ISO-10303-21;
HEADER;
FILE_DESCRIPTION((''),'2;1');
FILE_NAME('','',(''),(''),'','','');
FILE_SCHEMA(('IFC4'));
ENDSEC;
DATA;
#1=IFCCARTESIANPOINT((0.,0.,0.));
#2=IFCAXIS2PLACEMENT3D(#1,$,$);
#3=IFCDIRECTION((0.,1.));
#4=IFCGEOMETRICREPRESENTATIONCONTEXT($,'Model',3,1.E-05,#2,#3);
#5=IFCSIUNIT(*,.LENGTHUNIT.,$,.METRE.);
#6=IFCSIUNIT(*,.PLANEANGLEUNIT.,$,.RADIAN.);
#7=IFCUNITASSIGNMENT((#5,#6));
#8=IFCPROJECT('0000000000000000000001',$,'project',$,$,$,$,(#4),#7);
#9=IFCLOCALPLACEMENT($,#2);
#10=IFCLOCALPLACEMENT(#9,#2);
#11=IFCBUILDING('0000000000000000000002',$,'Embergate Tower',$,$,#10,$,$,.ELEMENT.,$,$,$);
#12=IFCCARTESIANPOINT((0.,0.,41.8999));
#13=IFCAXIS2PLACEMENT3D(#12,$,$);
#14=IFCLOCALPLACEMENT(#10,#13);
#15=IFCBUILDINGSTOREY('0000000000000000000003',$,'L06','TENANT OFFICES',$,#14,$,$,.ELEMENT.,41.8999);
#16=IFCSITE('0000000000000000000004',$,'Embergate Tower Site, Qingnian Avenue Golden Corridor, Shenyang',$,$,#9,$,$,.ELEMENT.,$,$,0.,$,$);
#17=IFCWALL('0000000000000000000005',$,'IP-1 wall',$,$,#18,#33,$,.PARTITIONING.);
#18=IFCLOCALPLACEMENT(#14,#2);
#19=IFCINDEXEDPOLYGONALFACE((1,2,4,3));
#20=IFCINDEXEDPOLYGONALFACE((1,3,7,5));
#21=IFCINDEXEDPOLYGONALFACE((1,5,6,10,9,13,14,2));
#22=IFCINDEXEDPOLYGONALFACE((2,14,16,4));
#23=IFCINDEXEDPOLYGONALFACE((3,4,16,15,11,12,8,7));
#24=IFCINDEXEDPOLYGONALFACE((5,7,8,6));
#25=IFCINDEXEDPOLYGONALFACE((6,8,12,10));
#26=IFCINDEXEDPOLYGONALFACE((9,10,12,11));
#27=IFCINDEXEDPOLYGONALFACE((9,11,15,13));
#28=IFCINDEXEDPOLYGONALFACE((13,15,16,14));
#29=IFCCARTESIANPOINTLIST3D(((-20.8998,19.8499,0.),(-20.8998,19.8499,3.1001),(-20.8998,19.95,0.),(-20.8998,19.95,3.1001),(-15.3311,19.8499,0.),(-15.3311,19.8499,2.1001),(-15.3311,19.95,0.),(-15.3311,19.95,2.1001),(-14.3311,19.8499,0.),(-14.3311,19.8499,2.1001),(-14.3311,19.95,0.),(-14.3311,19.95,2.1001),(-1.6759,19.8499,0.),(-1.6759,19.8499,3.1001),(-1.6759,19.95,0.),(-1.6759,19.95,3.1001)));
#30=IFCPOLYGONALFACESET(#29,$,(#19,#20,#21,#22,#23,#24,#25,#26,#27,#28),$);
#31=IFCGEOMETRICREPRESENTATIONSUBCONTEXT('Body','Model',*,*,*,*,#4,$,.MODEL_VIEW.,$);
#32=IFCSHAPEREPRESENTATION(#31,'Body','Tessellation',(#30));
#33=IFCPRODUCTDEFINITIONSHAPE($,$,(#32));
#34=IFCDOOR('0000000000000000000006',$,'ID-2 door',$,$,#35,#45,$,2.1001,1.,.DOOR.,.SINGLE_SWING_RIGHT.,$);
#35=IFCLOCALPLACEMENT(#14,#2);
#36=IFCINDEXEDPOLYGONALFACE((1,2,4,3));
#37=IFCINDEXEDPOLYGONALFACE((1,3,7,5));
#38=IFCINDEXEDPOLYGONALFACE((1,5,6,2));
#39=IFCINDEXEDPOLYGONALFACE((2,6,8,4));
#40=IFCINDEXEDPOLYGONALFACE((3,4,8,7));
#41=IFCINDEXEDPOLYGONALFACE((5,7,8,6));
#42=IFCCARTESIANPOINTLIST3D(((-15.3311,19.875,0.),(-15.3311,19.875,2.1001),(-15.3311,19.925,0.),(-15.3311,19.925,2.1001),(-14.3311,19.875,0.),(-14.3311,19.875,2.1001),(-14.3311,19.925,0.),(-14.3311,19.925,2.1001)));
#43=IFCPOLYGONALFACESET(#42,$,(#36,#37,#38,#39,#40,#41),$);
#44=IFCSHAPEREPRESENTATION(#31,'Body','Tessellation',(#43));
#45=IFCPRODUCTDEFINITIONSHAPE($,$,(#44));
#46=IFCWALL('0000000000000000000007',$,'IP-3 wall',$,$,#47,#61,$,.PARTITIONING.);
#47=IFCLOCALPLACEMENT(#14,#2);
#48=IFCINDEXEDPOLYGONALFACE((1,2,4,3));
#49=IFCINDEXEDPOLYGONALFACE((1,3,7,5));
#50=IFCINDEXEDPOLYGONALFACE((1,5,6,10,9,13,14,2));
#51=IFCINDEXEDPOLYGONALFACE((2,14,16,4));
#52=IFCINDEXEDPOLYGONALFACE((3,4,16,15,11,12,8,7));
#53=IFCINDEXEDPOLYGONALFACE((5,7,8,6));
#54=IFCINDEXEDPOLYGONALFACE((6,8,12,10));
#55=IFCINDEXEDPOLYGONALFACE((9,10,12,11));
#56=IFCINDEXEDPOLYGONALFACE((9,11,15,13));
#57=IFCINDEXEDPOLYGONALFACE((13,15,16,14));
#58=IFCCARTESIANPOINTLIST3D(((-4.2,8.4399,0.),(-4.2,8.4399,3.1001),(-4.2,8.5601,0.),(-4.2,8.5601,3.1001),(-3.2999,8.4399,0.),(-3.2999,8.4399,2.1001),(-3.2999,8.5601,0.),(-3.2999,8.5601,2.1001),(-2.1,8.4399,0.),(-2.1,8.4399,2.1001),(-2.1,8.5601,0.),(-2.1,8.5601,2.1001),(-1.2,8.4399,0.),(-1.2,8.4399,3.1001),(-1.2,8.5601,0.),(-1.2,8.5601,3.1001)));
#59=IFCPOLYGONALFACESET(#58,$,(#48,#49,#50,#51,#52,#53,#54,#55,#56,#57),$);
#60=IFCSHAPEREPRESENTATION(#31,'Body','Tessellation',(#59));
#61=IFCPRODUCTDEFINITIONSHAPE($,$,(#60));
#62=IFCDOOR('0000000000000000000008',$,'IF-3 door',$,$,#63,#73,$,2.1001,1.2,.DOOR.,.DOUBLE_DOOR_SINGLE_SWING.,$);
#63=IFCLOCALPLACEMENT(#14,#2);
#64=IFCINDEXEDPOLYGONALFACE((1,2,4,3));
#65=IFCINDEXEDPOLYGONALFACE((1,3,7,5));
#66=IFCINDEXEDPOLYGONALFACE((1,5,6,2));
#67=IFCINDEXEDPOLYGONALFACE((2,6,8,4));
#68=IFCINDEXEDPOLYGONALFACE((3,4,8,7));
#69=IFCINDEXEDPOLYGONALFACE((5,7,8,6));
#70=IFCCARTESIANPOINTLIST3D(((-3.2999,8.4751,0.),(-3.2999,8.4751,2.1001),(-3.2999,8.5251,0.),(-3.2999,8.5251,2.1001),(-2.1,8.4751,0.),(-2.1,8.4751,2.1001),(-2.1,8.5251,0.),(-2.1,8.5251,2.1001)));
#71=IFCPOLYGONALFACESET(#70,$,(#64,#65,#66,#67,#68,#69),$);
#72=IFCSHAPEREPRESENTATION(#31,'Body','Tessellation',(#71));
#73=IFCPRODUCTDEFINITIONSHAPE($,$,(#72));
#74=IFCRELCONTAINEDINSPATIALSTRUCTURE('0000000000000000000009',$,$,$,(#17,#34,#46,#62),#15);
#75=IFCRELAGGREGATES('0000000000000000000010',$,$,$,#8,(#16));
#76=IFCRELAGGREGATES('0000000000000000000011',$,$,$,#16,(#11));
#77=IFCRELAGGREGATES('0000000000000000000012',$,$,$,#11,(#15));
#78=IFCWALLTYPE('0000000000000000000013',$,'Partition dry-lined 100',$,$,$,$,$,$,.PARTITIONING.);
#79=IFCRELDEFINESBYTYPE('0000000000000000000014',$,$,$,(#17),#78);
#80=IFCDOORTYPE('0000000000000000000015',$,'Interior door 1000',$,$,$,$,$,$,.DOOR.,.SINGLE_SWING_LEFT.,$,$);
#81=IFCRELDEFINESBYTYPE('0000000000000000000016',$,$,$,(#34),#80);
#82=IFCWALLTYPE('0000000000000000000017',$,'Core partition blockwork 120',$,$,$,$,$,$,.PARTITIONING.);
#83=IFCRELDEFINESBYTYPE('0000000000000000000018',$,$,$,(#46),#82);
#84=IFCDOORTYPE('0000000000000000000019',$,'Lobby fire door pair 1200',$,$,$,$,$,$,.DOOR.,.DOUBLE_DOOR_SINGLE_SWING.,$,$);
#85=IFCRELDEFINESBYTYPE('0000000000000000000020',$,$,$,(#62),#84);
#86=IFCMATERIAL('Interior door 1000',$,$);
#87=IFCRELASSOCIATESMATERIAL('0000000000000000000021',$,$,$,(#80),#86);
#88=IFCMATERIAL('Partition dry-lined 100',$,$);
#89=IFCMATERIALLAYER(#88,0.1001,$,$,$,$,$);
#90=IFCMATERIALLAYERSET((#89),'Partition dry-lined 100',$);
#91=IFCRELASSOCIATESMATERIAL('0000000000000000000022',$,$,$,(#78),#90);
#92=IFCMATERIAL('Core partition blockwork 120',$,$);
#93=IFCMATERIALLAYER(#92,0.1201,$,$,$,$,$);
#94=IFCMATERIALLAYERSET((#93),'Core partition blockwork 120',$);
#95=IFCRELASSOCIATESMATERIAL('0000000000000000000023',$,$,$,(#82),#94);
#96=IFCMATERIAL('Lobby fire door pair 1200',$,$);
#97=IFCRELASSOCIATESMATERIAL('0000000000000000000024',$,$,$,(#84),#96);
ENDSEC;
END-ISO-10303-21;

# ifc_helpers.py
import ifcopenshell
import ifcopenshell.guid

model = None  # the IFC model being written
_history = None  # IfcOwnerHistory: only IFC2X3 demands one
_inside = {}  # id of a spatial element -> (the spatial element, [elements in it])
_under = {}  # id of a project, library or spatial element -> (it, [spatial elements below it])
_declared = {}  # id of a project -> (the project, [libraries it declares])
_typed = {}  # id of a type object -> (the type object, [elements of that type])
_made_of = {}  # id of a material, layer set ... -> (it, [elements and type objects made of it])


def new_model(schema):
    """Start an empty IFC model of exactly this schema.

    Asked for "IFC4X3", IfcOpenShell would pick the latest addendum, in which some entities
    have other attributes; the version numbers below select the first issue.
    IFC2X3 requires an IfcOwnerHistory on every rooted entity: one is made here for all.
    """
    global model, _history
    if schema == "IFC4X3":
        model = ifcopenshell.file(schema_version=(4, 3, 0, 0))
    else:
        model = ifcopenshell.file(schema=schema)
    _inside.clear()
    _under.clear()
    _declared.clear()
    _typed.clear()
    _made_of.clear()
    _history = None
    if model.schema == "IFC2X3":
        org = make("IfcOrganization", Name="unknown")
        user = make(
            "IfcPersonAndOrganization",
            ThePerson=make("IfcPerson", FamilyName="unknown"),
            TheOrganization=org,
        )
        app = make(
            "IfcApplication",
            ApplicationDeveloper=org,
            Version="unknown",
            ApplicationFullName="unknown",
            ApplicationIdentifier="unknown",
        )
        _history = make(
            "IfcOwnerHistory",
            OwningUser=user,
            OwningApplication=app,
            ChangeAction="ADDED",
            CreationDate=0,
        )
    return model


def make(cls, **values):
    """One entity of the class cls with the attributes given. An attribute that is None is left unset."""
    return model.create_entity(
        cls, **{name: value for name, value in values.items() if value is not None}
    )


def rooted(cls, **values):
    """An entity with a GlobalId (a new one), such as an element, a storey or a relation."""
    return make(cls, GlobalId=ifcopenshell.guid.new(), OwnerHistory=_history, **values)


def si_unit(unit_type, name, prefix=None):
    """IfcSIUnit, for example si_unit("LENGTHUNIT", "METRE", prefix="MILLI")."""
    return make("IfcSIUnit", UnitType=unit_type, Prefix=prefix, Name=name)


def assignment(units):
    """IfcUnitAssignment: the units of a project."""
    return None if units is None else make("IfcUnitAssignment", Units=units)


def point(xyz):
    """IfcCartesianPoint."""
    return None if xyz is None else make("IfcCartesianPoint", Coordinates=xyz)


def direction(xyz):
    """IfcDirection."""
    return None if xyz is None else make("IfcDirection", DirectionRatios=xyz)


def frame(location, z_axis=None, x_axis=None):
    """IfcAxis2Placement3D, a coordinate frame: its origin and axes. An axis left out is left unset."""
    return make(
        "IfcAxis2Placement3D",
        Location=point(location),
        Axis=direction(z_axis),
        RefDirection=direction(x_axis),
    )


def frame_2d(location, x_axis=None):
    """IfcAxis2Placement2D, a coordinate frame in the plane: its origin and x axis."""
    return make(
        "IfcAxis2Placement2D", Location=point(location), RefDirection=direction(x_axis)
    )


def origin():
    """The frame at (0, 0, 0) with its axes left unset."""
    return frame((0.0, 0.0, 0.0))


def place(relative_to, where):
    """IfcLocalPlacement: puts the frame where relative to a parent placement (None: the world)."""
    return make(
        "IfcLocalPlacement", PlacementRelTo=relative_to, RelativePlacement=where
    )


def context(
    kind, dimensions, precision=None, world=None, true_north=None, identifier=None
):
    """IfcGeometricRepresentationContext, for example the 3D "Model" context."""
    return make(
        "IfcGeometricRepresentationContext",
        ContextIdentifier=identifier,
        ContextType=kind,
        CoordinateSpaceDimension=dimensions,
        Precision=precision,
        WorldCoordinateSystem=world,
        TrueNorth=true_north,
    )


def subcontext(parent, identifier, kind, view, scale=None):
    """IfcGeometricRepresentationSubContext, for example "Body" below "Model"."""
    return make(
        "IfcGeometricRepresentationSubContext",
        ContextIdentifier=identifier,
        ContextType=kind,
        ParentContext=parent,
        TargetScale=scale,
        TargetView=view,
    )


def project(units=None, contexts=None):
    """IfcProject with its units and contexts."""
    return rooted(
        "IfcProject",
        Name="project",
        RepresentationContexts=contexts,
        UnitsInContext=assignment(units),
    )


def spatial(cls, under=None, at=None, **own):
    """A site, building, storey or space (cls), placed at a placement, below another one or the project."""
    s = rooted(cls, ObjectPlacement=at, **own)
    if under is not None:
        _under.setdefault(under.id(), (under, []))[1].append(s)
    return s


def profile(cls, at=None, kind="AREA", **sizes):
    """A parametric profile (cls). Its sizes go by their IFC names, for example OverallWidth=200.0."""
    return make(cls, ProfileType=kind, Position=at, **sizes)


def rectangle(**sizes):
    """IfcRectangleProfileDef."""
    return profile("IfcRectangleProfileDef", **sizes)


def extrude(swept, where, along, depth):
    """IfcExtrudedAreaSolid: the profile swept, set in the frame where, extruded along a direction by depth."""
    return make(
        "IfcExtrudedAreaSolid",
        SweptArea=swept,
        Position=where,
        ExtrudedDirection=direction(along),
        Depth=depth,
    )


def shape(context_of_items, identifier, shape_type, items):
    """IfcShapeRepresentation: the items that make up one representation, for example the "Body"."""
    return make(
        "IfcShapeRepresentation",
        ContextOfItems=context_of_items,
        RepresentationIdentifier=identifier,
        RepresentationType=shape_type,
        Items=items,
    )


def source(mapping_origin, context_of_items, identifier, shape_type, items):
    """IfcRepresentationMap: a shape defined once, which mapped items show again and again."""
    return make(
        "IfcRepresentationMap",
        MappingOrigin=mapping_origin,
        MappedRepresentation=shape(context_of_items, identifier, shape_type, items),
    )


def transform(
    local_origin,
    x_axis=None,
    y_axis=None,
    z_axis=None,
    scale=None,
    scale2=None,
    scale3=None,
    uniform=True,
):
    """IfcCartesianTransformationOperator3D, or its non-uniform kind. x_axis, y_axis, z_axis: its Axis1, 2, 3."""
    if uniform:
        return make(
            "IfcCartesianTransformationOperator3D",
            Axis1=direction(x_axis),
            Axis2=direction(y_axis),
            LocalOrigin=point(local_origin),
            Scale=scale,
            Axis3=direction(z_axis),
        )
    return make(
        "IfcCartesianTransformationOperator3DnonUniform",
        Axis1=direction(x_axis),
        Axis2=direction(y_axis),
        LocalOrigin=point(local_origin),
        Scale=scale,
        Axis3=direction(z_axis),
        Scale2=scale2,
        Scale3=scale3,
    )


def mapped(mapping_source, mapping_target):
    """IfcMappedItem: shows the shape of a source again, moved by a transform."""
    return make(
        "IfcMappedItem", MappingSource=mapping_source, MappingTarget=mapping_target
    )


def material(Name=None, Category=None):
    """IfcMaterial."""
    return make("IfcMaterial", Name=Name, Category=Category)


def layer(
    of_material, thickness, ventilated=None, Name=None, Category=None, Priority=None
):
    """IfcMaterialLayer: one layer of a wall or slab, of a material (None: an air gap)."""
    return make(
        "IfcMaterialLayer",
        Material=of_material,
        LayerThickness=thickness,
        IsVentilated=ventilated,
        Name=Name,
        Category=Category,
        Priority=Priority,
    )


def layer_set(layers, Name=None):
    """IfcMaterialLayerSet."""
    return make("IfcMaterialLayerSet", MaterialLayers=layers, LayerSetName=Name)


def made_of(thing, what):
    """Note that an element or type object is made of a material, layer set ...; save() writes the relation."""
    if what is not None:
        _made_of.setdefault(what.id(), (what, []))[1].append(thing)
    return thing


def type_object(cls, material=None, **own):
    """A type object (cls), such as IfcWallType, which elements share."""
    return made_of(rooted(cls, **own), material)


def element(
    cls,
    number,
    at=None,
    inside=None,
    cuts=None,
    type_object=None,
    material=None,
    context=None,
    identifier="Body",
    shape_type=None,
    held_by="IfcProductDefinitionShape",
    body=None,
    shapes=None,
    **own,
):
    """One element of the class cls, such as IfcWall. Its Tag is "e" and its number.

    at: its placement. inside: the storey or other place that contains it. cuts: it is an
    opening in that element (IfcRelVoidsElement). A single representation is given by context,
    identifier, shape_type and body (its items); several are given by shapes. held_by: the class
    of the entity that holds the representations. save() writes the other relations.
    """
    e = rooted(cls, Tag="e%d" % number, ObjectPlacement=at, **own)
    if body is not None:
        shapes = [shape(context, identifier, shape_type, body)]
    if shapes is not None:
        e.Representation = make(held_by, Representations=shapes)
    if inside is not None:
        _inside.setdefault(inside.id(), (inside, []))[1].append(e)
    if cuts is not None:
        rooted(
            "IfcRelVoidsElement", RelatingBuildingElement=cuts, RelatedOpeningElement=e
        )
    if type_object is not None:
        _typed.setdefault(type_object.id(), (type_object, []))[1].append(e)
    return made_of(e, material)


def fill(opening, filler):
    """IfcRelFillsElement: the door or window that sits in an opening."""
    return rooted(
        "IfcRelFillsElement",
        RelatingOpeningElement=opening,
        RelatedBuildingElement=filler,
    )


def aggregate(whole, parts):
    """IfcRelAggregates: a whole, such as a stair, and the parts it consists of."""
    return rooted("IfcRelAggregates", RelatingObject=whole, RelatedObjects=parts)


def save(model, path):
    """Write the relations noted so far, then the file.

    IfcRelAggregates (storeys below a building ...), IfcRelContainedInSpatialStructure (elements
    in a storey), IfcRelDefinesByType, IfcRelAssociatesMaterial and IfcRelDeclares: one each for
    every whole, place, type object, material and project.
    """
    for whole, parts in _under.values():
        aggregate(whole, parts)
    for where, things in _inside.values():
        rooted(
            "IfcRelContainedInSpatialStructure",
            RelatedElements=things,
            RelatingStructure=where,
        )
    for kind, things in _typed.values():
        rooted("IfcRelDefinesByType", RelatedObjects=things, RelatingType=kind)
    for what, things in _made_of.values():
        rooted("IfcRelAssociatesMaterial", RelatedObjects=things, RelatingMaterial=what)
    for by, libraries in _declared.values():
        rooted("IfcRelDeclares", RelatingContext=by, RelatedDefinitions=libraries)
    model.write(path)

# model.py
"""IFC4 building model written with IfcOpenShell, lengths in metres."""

from ifc_helpers import new_model, si_unit, direction, frame, frame_2d, origin, place, context, subcontext, project, spatial, rectangle, extrude, source, transform, mapped, material, layer, layer_set, type_object, element, fill, save


model = new_model("IFC4")

# Units and contexts
model_context = context("Model", 3, precision=1e-05, world=origin(), true_north=direction((0.0, 1.0)))
body_context = subcontext(model_context, "Body", "Model", "MODEL_VIEW")
ifc_project = project(units=[si_unit("LENGTHUNIT", "METRE"), si_unit("PLANEANGLEUNIT", "RADIAN")], contexts=[model_context])

# Site, building, storey
site_placement = place(None, origin())
site = spatial("IfcSite", under=ifc_project, at=site_placement, Name="Embergate Tower Site, Qingnian Avenue Golden Corridor, Shenyang", CompositionType="ELEMENT", RefElevation=0.0)
building_placement = place(site_placement, origin())
building = spatial("IfcBuilding", under=site, at=building_placement, Name="Embergate Tower", CompositionType="ELEMENT")
storey_placement = place(building_placement, frame((0.0, 0.0, 41.8999)))
storey = spatial("IfcBuildingStorey", under=building, at=storey_placement, Name="L06", Description="TENANT OFFICES", CompositionType="ELEMENT", Elevation=41.8999)

# Shared definitions
ifc_material_1 = material(Name="Interior door 1000")
door_type_1 = type_object("IfcDoorType", Name="Interior door 1000", OperationType="SINGLE_SWING_LEFT", PredefinedType="DOOR", material=ifc_material_1)
shared_shape_1 = source(origin(), body_context, "Body", "SweptSolid", [
    extrude(rectangle(XDim=1.0, YDim=2.1001, at=frame_2d((0.5, 1.05))), frame((0.0, 0.0249, 0.0), z_axis=(0.0, -1.0, 0.0), x_axis=(1.0, 0.0, 0.0)), (0.0, 0.0, 1.0), 0.05),
])

# Shared definitions
ifc_material_2 = material(Name="Partition dry-lined 100")
ifc_layer_1 = layer(ifc_material_2, 0.1001)
ifc_layer_set_1 = layer_set([ifc_layer_1], Name="Partition dry-lined 100")
wall_type_1 = type_object("IfcWallType", Name="Partition dry-lined 100", PredefinedType="PARTITIONING", material=ifc_layer_set_1)

# Walls, openings, doors
shared_shape_2 = source(origin(), body_context, "Body", "SweptSolid", [
    extrude(rectangle(XDim=19.2239, YDim=0.1001, at=frame_2d((9.6118, 0.0))), origin(), (0.0, 0.0, 1.0), 3.1001),
])
wall_1_placement = place(storey_placement, frame((-1.676, 19.8999, 0.0), z_axis=(0.0, 0.0, 1.0), x_axis=(-1.0, 0.0, 0.0)))
wall_1 = element("IfcWall", 1, at=wall_1_placement, inside=storey, type_object=wall_type_1, Name="IP-1 wall", PredefinedType="PARTITIONING", context=body_context, shape_type="MappedRepresentation", body=[
    mapped(shared_shape_2, transform((0.0, 0.0, 0.0))),
])
shared_shape_3 = source(origin(), body_context, "Body", "SweptSolid", [
    extrude(rectangle(XDim=1.0, YDim=2.1001, at=frame_2d((0.5, 1.05))), frame((0.0, 0.0601, 0.0), z_axis=(0.0, -1.0, 0.0), x_axis=(1.0, 0.0, 0.0)), (0.0, 0.0, 1.0), 0.1201),
])
opening_1_placement = place(wall_1_placement, frame((12.655, 0.0, 0.0)))
opening_1 = element("IfcOpeningElement", 2, at=opening_1_placement, cuts=wall_1, PredefinedType="OPENING", context=body_context, shape_type="MappedRepresentation", body=[
    mapped(shared_shape_3, transform((0.0, 0.0, 0.0))),
])
door_1_placement = place(opening_1_placement, origin())
door_1 = element("IfcDoor", 3, at=door_1_placement, inside=storey, type_object=door_type_1, Name="ID-2 door", OperationType="SINGLE_SWING_RIGHT", OverallHeight=2.1001, OverallWidth=1.0, PredefinedType="DOOR", context=body_context, shape_type="MappedRepresentation", body=[
    mapped(shared_shape_1, transform((0.0, 0.0, 0.0))),
])
fill(opening_1, door_1)
ifc_material_3 = material(Name="Core partition blockwork 120")
ifc_layer_2 = layer(ifc_material_3, 0.1201)
ifc_layer_set_2 = layer_set([ifc_layer_2], Name="Core partition blockwork 120")
wall_type_2 = type_object("IfcWallType", Name="Core partition blockwork 120", PredefinedType="PARTITIONING", material=ifc_layer_set_2)
shared_shape_4 = source(origin(), body_context, "Body", "SweptSolid", [
    extrude(rectangle(XDim=3.0, YDim=0.1201, at=frame_2d((1.5, 0.0))), origin(), (0.0, 0.0, 1.0), 3.1001),
])
wall_2_placement = place(storey_placement, frame((-1.2, 8.5, 0.0), z_axis=(0.0, 0.0, 1.0), x_axis=(-1.0, 0.0, 0.0)))
wall_2 = element("IfcWall", 4, at=wall_2_placement, inside=storey, type_object=wall_type_2, Name="IP-3 wall", PredefinedType="PARTITIONING", context=body_context, shape_type="MappedRepresentation", body=[
    mapped(shared_shape_4, transform((0.0, 0.0, 0.0))),
])
shared_shape_5 = source(origin(), body_context, "Body", "SweptSolid", [
    extrude(rectangle(XDim=1.2, YDim=2.1001, at=frame_2d((0.6001, 1.05))), frame((0.0, 0.0701, 0.0), z_axis=(0.0, -1.0, 0.0), x_axis=(1.0, 0.0, 0.0)), (0.0, 0.0, 1.0), 0.1401),
])
opening_2_placement = place(wall_2_placement, frame((0.8999, 0.0, 0.0)))
opening_2 = element("IfcOpeningElement", 5, at=opening_2_placement, cuts=wall_2, PredefinedType="OPENING", context=body_context, shape_type="MappedRepresentation", body=[
    mapped(shared_shape_5, transform((0.0, 0.0, 0.0))),
])
ifc_material_4 = material(Name="Lobby fire door pair 1200")
door_type_2 = type_object("IfcDoorType", Name="Lobby fire door pair 1200", OperationType="DOUBLE_DOOR_SINGLE_SWING", PredefinedType="DOOR", material=ifc_material_4)
shared_shape_6 = source(origin(), body_context, "Body", "SweptSolid", [
    extrude(rectangle(XDim=1.2, YDim=2.1001, at=frame_2d((0.6001, 1.05))), frame((0.0, 0.0249, 0.0), z_axis=(0.0, -1.0, 0.0), x_axis=(1.0, 0.0, 0.0)), (0.0, 0.0, 1.0), 0.05),
])
door_2_placement = place(opening_2_placement, origin())
door_2 = element("IfcDoor", 6, at=door_2_placement, inside=storey, type_object=door_type_2, Name="IF-3 door", OperationType="DOUBLE_DOOR_SINGLE_SWING", OverallHeight=2.1001, OverallWidth=1.2, PredefinedType="DOOR", context=body_context, shape_type="MappedRepresentation", body=[
    mapped(shared_shape_6, transform((0.0, 0.0, 0.0))),
])
fill(opening_2, door_2)

save(model, "model.ifc")
